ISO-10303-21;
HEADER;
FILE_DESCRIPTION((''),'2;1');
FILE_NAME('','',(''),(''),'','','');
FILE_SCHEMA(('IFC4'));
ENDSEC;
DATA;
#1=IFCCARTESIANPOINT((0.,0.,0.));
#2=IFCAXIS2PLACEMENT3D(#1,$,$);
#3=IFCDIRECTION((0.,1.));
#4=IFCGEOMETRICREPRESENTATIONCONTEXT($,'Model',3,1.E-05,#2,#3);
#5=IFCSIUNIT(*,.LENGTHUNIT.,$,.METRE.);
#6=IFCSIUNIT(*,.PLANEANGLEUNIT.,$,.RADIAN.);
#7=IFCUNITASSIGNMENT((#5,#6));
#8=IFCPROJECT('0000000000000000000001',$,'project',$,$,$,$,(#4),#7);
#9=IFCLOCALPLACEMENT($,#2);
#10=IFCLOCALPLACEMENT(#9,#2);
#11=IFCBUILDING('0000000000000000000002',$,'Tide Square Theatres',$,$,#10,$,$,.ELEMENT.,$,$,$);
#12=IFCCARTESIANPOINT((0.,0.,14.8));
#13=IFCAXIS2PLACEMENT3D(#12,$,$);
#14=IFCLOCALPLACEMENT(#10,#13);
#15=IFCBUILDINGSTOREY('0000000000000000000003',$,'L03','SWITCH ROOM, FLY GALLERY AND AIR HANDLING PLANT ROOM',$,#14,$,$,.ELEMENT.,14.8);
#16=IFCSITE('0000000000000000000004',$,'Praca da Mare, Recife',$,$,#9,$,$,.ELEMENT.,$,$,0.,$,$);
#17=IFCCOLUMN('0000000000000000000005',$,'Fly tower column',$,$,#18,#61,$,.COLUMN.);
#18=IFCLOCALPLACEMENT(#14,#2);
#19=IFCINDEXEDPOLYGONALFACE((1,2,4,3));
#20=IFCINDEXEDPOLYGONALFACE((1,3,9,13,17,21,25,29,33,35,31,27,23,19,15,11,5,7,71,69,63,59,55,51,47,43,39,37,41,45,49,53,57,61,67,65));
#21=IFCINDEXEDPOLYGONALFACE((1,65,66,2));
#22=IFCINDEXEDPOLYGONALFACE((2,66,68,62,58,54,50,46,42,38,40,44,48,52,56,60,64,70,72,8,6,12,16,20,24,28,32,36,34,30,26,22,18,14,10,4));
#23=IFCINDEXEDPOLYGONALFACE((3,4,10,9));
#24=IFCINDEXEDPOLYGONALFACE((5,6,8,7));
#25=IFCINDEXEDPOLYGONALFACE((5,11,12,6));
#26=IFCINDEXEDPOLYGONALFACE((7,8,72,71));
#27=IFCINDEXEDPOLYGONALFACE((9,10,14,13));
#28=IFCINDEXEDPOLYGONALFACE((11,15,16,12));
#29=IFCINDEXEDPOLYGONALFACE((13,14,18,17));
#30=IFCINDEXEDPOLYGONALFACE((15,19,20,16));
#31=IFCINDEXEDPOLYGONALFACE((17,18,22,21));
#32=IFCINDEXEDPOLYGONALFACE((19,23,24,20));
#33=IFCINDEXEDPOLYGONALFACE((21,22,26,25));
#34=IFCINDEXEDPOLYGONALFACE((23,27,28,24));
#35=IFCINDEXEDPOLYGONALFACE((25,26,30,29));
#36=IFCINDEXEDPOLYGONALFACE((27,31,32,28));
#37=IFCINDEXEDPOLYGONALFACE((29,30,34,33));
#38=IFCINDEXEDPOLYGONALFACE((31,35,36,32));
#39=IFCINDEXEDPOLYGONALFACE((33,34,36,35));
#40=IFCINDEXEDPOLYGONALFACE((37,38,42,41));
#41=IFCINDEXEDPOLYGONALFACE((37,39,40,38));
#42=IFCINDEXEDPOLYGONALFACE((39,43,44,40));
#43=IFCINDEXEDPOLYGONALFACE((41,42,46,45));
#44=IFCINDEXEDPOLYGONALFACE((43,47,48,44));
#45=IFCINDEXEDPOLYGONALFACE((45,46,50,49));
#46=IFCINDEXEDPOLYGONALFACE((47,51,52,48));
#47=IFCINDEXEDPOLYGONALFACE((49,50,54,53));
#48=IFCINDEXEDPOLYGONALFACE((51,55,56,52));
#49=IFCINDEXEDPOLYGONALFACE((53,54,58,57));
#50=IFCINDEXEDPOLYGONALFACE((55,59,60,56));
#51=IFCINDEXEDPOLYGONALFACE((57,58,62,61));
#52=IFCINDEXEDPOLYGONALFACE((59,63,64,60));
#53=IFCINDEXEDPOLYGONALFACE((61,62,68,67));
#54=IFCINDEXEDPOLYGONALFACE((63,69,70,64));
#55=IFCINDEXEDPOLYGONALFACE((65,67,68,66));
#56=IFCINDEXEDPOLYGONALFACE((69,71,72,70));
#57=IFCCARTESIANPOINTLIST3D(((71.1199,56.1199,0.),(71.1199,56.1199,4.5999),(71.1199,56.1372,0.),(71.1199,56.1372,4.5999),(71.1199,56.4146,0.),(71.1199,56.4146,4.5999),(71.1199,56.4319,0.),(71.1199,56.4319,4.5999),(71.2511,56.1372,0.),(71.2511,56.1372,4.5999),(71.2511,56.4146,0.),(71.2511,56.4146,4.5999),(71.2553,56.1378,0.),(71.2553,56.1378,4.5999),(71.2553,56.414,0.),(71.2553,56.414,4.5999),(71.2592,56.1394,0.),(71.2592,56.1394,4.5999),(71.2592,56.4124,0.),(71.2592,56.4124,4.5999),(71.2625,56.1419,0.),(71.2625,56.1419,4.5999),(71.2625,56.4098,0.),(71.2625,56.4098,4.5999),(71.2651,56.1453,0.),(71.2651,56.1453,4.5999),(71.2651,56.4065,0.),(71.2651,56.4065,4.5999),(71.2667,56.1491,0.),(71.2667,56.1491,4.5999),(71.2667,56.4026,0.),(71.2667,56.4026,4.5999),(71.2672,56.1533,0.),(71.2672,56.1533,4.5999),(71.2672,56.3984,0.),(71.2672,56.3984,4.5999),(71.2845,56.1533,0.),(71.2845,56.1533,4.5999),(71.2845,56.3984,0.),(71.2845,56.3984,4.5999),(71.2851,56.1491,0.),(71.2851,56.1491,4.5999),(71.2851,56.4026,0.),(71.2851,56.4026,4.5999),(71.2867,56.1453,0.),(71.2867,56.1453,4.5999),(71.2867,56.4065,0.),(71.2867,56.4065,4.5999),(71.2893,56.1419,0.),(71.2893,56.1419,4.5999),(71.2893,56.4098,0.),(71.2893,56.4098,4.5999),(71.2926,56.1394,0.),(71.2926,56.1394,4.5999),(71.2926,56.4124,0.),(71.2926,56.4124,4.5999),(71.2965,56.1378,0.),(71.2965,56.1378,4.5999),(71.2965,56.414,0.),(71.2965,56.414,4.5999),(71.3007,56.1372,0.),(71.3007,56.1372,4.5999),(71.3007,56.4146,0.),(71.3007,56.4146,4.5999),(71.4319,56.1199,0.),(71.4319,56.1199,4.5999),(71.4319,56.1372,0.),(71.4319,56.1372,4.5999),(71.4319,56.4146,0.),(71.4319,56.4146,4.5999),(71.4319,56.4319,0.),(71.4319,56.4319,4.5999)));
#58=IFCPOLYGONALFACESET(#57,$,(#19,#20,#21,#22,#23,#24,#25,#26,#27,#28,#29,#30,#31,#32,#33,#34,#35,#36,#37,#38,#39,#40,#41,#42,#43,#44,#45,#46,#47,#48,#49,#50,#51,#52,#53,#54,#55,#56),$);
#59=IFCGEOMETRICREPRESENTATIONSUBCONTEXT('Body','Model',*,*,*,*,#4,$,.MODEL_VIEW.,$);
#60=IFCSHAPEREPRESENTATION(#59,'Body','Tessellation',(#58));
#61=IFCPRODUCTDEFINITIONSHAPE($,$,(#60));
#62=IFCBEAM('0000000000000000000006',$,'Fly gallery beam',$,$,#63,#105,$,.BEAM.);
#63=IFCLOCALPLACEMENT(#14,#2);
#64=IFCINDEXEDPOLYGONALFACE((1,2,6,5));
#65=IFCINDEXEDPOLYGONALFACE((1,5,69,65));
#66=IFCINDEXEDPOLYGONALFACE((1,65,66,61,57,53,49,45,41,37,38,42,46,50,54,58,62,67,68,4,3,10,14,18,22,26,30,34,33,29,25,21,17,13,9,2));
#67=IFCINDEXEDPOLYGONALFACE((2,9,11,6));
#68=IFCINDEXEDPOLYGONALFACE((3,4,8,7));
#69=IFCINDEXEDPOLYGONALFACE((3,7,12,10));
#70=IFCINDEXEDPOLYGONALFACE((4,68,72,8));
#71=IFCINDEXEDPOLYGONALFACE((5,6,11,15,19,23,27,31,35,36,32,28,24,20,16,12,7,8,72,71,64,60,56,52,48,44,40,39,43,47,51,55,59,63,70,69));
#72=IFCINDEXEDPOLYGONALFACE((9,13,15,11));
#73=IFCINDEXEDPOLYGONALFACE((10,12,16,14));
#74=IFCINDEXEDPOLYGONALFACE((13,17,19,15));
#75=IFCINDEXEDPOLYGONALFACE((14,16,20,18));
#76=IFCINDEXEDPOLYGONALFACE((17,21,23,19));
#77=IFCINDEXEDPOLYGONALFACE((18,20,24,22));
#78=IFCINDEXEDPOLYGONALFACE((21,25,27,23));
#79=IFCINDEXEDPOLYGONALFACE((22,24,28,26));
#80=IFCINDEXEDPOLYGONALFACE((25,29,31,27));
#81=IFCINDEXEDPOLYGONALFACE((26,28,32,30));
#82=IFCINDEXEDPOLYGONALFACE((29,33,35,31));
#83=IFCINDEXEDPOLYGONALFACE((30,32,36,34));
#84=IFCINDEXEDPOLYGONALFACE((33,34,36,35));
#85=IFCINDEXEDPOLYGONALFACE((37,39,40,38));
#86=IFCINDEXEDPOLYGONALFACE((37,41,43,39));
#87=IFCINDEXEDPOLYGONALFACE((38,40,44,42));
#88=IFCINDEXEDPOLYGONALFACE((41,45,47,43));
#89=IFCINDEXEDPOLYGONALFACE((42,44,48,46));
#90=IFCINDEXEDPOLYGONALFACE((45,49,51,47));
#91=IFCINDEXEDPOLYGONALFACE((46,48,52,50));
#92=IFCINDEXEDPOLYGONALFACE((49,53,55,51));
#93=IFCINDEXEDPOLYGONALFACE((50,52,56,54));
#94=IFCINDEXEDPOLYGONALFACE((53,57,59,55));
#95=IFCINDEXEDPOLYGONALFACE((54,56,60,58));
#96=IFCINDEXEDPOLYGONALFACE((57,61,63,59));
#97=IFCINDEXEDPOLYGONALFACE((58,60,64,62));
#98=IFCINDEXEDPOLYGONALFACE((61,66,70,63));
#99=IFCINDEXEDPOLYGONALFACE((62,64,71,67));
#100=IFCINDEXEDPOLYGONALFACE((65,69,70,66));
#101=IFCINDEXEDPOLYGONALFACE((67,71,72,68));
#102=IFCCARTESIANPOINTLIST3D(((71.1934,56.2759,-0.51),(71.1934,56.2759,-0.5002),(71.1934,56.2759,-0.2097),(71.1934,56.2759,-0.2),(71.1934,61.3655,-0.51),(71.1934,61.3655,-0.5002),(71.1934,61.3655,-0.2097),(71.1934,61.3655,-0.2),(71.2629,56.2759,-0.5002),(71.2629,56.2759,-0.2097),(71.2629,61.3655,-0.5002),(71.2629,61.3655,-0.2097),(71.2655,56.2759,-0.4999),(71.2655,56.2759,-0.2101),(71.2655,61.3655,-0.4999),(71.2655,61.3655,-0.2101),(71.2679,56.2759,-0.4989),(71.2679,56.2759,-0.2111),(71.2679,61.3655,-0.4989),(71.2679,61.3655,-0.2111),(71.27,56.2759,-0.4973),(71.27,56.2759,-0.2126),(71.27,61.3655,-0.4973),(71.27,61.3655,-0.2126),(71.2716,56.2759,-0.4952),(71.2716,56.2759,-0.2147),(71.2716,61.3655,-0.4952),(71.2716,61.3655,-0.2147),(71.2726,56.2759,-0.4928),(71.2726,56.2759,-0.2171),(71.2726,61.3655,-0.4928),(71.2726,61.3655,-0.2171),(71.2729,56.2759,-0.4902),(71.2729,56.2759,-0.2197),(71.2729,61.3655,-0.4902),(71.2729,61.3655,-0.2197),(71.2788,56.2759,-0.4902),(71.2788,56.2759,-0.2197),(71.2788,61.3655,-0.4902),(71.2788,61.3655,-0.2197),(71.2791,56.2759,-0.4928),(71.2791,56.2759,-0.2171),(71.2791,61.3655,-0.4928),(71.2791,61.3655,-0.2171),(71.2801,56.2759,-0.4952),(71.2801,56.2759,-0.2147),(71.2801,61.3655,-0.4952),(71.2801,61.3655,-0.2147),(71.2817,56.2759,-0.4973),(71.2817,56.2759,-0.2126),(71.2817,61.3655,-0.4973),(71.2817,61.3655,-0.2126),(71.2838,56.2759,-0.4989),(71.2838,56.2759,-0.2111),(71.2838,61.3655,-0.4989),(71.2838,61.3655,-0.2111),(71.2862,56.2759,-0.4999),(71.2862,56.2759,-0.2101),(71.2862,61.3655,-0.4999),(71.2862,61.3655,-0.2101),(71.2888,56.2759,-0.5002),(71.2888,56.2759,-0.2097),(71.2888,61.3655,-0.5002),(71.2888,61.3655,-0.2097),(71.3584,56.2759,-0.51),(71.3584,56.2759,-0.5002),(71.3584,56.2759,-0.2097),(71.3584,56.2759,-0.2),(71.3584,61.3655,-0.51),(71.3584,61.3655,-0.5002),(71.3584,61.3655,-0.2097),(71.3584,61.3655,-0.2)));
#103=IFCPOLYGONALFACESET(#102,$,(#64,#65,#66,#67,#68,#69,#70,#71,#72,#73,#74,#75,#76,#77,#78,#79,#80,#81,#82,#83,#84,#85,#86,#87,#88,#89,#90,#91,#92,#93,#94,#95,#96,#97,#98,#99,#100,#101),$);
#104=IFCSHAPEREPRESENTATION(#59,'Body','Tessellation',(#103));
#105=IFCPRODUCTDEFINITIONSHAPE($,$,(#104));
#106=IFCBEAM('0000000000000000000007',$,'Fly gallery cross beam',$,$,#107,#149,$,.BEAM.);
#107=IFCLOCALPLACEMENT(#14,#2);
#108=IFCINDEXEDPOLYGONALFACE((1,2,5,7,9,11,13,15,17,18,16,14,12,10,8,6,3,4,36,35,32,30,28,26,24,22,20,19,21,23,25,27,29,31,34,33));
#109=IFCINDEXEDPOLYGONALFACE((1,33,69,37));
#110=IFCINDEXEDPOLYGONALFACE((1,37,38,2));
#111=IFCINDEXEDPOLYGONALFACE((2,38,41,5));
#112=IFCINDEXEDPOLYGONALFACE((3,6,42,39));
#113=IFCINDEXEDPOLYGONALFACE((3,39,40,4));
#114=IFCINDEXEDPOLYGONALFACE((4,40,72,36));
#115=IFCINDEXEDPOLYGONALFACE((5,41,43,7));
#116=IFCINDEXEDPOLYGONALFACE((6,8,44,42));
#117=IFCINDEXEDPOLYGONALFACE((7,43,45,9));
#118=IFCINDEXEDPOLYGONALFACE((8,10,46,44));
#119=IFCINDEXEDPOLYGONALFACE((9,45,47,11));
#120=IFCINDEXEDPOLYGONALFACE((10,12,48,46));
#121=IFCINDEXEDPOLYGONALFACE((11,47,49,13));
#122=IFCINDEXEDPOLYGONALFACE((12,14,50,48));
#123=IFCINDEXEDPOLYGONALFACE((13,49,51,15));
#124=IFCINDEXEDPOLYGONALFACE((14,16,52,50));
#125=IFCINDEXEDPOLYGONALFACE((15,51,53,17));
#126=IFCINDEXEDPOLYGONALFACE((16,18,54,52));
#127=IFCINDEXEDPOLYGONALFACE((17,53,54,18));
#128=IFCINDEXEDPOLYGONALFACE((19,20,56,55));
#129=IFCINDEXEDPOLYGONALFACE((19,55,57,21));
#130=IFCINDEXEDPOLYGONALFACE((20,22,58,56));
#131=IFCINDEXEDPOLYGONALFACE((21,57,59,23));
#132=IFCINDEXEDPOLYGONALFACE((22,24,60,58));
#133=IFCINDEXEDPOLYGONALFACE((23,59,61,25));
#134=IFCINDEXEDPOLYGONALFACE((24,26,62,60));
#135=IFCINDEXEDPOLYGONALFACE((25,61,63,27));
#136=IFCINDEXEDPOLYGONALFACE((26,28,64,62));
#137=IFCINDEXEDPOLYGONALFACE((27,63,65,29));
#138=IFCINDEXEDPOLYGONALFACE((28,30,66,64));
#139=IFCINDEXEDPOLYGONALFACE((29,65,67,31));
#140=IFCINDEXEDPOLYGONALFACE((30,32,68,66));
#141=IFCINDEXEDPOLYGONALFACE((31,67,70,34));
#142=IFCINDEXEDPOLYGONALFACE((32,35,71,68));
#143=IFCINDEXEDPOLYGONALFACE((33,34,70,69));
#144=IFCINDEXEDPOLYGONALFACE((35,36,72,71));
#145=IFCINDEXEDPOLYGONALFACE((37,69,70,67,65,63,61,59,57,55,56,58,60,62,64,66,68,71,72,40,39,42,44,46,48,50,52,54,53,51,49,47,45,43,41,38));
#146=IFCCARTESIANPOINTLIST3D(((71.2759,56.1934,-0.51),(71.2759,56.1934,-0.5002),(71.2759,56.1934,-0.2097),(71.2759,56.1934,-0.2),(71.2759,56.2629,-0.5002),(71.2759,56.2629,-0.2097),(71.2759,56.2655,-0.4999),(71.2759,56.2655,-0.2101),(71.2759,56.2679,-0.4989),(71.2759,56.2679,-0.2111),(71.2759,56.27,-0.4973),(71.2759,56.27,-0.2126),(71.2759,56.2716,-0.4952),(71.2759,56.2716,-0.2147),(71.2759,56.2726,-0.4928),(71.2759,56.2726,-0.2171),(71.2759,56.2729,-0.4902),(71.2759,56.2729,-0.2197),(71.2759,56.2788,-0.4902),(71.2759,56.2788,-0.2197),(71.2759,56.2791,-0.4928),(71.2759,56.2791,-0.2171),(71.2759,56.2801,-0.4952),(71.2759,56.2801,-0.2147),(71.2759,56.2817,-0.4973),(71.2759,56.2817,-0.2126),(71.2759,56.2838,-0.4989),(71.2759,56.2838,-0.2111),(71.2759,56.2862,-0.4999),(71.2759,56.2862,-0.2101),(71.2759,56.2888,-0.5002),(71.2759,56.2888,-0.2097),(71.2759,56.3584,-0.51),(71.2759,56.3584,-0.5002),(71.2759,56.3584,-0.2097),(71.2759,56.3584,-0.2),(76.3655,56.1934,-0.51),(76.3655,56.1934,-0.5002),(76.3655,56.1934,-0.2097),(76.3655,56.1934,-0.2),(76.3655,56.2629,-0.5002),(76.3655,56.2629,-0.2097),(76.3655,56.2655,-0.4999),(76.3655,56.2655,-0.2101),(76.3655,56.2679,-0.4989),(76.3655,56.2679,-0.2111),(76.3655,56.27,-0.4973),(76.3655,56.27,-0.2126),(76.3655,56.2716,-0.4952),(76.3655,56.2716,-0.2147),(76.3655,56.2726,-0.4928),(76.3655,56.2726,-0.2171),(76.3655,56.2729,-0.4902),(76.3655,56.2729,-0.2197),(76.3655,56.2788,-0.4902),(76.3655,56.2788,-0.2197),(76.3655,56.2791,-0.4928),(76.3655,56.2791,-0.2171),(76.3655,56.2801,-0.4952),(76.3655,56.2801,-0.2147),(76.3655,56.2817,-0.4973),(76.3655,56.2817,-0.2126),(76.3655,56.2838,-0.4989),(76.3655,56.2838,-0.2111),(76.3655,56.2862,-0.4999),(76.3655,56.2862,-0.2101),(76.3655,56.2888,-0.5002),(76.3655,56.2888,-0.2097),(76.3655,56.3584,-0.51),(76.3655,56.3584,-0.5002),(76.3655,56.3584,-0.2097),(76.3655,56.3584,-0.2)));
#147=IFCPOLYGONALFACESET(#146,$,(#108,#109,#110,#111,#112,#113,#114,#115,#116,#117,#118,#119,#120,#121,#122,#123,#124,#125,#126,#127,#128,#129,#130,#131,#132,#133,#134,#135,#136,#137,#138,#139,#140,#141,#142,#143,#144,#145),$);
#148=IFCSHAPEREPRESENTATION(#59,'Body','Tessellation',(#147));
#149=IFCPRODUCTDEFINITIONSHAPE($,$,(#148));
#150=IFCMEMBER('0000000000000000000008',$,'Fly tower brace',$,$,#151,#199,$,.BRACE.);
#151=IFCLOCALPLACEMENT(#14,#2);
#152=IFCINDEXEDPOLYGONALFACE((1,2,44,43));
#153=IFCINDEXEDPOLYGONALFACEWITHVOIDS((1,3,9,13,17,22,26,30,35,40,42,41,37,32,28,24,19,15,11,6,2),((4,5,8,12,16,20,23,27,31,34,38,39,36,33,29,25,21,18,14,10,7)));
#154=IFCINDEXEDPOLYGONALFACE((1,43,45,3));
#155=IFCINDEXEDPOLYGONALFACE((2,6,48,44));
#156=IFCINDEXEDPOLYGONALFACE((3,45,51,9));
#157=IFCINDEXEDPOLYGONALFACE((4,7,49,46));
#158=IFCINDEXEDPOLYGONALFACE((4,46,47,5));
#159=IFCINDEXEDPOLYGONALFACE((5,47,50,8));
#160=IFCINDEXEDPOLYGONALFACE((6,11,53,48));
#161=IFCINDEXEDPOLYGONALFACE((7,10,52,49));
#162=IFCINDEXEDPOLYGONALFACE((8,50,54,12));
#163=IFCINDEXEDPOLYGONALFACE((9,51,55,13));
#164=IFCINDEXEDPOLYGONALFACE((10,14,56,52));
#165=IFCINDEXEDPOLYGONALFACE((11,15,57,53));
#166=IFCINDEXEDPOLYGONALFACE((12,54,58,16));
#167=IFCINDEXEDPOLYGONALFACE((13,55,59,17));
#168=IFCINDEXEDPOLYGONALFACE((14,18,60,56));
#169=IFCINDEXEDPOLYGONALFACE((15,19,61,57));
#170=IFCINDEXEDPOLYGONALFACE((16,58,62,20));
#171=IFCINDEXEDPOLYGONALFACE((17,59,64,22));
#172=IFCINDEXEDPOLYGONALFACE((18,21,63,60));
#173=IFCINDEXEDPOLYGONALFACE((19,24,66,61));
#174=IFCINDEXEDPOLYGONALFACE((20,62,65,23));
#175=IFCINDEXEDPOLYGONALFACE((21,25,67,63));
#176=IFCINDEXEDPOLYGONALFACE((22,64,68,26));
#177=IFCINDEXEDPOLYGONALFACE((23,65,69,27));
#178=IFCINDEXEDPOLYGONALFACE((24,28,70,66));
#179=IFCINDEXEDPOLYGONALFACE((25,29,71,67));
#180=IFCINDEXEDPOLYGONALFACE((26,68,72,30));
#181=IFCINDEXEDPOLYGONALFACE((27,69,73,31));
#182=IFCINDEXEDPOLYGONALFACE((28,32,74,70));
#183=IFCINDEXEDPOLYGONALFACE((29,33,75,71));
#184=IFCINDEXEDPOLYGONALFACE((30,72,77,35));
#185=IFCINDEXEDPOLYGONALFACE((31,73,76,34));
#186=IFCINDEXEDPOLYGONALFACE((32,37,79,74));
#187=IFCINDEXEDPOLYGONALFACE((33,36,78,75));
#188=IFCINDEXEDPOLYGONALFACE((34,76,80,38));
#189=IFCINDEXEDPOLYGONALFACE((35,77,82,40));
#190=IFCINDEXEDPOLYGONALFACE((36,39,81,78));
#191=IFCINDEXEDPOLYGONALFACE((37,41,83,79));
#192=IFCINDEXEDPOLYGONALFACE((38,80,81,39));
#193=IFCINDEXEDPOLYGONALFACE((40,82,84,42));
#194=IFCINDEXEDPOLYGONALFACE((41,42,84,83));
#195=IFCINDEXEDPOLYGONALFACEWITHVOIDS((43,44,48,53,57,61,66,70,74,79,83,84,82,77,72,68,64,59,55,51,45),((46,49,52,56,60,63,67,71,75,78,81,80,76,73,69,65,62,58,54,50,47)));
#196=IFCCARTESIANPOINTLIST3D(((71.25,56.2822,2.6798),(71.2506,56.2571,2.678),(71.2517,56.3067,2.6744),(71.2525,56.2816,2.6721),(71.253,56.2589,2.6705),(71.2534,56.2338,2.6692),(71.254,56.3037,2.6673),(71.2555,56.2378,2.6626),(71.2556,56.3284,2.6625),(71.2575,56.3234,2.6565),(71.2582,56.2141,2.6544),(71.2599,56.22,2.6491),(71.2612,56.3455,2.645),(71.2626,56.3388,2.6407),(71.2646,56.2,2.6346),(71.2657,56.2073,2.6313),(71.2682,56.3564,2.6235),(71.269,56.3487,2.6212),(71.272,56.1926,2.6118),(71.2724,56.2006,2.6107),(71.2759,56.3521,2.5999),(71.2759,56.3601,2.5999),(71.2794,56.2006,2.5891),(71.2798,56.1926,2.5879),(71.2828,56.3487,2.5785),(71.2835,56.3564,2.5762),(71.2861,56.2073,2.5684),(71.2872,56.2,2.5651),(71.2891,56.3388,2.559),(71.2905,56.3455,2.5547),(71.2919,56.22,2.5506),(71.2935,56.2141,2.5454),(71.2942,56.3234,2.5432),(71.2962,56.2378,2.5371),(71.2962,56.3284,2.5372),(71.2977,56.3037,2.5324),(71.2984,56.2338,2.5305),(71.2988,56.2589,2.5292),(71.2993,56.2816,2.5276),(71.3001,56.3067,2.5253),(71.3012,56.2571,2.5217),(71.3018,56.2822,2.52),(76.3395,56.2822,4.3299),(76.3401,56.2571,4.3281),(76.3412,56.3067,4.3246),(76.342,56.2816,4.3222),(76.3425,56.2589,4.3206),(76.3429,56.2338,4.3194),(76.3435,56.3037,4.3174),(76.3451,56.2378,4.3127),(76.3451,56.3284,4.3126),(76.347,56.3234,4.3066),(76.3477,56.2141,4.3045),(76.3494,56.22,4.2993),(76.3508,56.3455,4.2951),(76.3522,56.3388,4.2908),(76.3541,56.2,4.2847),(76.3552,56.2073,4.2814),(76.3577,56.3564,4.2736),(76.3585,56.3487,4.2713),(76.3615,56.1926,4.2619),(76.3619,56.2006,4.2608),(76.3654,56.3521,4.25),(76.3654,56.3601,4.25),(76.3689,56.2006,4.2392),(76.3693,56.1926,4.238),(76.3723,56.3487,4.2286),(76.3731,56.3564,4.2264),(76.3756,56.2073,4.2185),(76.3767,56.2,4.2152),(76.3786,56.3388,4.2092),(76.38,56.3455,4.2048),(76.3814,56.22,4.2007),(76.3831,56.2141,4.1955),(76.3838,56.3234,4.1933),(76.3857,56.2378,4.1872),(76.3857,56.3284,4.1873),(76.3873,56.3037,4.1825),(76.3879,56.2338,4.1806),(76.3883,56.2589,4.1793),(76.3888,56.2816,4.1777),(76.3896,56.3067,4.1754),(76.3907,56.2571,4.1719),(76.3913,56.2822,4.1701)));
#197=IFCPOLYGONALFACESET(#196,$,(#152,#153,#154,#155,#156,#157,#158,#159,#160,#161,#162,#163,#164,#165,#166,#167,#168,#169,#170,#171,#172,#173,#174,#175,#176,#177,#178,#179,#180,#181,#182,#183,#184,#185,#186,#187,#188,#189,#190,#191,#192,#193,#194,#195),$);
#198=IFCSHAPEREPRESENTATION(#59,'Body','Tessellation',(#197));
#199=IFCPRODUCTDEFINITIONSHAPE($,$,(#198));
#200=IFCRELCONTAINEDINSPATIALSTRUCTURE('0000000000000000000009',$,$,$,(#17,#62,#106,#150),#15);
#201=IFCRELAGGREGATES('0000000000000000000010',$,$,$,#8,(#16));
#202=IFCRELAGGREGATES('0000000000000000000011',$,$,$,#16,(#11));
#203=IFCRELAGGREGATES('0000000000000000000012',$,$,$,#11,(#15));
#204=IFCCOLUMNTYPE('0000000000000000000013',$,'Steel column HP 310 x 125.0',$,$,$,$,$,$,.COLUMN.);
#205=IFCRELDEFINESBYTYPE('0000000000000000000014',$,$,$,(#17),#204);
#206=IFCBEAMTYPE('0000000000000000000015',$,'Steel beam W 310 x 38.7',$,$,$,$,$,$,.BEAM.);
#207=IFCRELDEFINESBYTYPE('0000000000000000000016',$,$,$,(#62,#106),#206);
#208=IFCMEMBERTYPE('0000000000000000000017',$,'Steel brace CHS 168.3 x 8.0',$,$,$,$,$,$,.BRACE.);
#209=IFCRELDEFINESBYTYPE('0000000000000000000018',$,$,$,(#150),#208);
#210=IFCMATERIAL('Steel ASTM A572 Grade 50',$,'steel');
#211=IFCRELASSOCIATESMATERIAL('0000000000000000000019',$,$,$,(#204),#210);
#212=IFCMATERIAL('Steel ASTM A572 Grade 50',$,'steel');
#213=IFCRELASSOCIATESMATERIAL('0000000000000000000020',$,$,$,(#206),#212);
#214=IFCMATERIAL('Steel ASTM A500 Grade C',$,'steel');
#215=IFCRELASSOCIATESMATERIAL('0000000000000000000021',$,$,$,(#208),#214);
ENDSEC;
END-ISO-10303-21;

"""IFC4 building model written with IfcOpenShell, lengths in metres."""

from ifc_helpers import new_model, si_unit, direction, frame, origin, origin_2d, place, context, subcontext, project, spatial, hollow_circle, i_section, extrude, material, material_profile, profile_set, type_object, element, save


model = new_model("IFC4")

# Units and contexts
model_context = context("Model", 3, precision=1e-05, world=origin(), true_north=direction((0.0, 1.0)))
body_context = subcontext(model_context, "Body", "Model", "MODEL_VIEW")
ifc_project = project(units=[si_unit("LENGTHUNIT", "METRE"), si_unit("PLANEANGLEUNIT", "RADIAN")], contexts=[model_context])

# Site, building, storey
site_placement = place(None, origin())
site = spatial("IfcSite", under=ifc_project, at=site_placement, Name="Praca da Mare, Recife", CompositionType="ELEMENT", RefElevation=0.0)
building_placement = place(site_placement, origin())
building = spatial("IfcBuilding", under=site, at=building_placement, Name="Tide Square Theatres", CompositionType="ELEMENT")
storey_placement = place(building_placement, frame((0.0, 0.0, 14.8)))
storey = spatial("IfcBuildingStorey", under=building, at=storey_placement, Name="L03", Description="SWITCH ROOM, FLY GALLERY AND AIR HANDLING PLANT ROOM", CompositionType="ELEMENT", Elevation=14.8)

# Column
ifc_material_1 = material(Name="Steel ASTM A572 Grade 50", Category="steel")
ifc_material_profile_1 = material_profile(ifc_material_1, i_section(OverallWidth=0.312, OverallDepth=0.312, WebThickness=0.0173, FlangeThickness=0.0173, FilletRadius=0.0161, at=origin_2d()))
ifc_profile_set_1 = profile_set([ifc_material_profile_1], Name="Steel ASTM A572 Grade 50")
column_type = type_object("IfcColumnType", Name="Steel column HP 310 x 125.0", PredefinedType="COLUMN", material=ifc_profile_set_1)
column_placement = place(storey_placement, frame((71.2759, 56.2759, 0.0), z_axis=(0.0, 0.0, 1.0), x_axis=(1.0, 0.0, 0.0)))
element("IfcColumn", 1, at=column_placement, inside=storey, type_object=column_type, Name="Fly tower column", PredefinedType="COLUMN", context=body_context, shape_type="SweptSolid", body=[
    extrude(i_section(OverallWidth=0.312, OverallDepth=0.312, WebThickness=0.0173, FlangeThickness=0.0173, FilletRadius=0.0161, at=origin_2d()), origin(), (0.0, 0.0, 1.0), 4.5999),
])

# Beams
ifc_material_2 = material(Name="Steel ASTM A572 Grade 50", Category="steel")
ifc_material_profile_2 = material_profile(ifc_material_2, i_section(OverallWidth=0.165, OverallDepth=0.3101, WebThickness=0.0059, FlangeThickness=0.0098, FilletRadius=0.01, at=origin_2d()))
ifc_profile_set_2 = profile_set([ifc_material_profile_2], Name="Steel ASTM A572 Grade 50")
beam_type = type_object("IfcBeamType", Name="Steel beam W 310 x 38.7", PredefinedType="BEAM", material=ifc_profile_set_2)
for number, where, z_axis, x_axis, name in (
    (2, (71.2759, 56.2759, -0.355), (0.0, 1.0, 0.0), (-1.0, 0.0, 0.0), "Fly gallery beam"),
    (3, (71.2759, 56.2759, -0.355), (1.0, 0.0, 0.0), (0.0, 1.0, 0.0), "Fly gallery cross beam"),
):
    element("IfcBeam", number, at=place(storey_placement, frame(where, z_axis=z_axis, x_axis=x_axis)), inside=storey, type_object=beam_type, Name=name, PredefinedType="BEAM", context=body_context, shape_type="SweptSolid", body=[
        extrude(i_section(OverallWidth=0.165, OverallDepth=0.3101, WebThickness=0.0059, FlangeThickness=0.0098, FilletRadius=0.01, at=origin_2d()), origin(), (0.0, 0.0, 1.0), 5.0896),
    ])

# Member
ifc_material_3 = material(Name="Steel ASTM A500 Grade C", Category="steel")
ifc_material_profile_3 = material_profile(ifc_material_3, hollow_circle(Radius=0.0842, WallThickness=0.0081, at=origin_2d()))
ifc_profile_set_3 = profile_set([ifc_material_profile_3], Name="Steel ASTM A500 Grade C")
member_type = type_object("IfcMemberType", Name="Steel brace CHS 168.3 x 8.0", PredefinedType="BRACE", material=ifc_profile_set_3)
member_placement = place(storey_placement, frame((71.2759, 56.2759, 2.5999), z_axis=(0.951252, 0.0, 0.308414), x_axis=(0.0, 1.0, 0.0)))
element("IfcMember", 4, at=member_placement, inside=storey, type_object=member_type, Name="Fly tower brace", PredefinedType="BRACE", context=body_context, shape_type="SweptSolid", body=[
    extrude(hollow_circle(Radius=0.0842, WallThickness=0.0081, at=origin_2d()), origin(), (0.0, 0.0, 1.0), 5.3503),
])

save(model, "model.ifc")
